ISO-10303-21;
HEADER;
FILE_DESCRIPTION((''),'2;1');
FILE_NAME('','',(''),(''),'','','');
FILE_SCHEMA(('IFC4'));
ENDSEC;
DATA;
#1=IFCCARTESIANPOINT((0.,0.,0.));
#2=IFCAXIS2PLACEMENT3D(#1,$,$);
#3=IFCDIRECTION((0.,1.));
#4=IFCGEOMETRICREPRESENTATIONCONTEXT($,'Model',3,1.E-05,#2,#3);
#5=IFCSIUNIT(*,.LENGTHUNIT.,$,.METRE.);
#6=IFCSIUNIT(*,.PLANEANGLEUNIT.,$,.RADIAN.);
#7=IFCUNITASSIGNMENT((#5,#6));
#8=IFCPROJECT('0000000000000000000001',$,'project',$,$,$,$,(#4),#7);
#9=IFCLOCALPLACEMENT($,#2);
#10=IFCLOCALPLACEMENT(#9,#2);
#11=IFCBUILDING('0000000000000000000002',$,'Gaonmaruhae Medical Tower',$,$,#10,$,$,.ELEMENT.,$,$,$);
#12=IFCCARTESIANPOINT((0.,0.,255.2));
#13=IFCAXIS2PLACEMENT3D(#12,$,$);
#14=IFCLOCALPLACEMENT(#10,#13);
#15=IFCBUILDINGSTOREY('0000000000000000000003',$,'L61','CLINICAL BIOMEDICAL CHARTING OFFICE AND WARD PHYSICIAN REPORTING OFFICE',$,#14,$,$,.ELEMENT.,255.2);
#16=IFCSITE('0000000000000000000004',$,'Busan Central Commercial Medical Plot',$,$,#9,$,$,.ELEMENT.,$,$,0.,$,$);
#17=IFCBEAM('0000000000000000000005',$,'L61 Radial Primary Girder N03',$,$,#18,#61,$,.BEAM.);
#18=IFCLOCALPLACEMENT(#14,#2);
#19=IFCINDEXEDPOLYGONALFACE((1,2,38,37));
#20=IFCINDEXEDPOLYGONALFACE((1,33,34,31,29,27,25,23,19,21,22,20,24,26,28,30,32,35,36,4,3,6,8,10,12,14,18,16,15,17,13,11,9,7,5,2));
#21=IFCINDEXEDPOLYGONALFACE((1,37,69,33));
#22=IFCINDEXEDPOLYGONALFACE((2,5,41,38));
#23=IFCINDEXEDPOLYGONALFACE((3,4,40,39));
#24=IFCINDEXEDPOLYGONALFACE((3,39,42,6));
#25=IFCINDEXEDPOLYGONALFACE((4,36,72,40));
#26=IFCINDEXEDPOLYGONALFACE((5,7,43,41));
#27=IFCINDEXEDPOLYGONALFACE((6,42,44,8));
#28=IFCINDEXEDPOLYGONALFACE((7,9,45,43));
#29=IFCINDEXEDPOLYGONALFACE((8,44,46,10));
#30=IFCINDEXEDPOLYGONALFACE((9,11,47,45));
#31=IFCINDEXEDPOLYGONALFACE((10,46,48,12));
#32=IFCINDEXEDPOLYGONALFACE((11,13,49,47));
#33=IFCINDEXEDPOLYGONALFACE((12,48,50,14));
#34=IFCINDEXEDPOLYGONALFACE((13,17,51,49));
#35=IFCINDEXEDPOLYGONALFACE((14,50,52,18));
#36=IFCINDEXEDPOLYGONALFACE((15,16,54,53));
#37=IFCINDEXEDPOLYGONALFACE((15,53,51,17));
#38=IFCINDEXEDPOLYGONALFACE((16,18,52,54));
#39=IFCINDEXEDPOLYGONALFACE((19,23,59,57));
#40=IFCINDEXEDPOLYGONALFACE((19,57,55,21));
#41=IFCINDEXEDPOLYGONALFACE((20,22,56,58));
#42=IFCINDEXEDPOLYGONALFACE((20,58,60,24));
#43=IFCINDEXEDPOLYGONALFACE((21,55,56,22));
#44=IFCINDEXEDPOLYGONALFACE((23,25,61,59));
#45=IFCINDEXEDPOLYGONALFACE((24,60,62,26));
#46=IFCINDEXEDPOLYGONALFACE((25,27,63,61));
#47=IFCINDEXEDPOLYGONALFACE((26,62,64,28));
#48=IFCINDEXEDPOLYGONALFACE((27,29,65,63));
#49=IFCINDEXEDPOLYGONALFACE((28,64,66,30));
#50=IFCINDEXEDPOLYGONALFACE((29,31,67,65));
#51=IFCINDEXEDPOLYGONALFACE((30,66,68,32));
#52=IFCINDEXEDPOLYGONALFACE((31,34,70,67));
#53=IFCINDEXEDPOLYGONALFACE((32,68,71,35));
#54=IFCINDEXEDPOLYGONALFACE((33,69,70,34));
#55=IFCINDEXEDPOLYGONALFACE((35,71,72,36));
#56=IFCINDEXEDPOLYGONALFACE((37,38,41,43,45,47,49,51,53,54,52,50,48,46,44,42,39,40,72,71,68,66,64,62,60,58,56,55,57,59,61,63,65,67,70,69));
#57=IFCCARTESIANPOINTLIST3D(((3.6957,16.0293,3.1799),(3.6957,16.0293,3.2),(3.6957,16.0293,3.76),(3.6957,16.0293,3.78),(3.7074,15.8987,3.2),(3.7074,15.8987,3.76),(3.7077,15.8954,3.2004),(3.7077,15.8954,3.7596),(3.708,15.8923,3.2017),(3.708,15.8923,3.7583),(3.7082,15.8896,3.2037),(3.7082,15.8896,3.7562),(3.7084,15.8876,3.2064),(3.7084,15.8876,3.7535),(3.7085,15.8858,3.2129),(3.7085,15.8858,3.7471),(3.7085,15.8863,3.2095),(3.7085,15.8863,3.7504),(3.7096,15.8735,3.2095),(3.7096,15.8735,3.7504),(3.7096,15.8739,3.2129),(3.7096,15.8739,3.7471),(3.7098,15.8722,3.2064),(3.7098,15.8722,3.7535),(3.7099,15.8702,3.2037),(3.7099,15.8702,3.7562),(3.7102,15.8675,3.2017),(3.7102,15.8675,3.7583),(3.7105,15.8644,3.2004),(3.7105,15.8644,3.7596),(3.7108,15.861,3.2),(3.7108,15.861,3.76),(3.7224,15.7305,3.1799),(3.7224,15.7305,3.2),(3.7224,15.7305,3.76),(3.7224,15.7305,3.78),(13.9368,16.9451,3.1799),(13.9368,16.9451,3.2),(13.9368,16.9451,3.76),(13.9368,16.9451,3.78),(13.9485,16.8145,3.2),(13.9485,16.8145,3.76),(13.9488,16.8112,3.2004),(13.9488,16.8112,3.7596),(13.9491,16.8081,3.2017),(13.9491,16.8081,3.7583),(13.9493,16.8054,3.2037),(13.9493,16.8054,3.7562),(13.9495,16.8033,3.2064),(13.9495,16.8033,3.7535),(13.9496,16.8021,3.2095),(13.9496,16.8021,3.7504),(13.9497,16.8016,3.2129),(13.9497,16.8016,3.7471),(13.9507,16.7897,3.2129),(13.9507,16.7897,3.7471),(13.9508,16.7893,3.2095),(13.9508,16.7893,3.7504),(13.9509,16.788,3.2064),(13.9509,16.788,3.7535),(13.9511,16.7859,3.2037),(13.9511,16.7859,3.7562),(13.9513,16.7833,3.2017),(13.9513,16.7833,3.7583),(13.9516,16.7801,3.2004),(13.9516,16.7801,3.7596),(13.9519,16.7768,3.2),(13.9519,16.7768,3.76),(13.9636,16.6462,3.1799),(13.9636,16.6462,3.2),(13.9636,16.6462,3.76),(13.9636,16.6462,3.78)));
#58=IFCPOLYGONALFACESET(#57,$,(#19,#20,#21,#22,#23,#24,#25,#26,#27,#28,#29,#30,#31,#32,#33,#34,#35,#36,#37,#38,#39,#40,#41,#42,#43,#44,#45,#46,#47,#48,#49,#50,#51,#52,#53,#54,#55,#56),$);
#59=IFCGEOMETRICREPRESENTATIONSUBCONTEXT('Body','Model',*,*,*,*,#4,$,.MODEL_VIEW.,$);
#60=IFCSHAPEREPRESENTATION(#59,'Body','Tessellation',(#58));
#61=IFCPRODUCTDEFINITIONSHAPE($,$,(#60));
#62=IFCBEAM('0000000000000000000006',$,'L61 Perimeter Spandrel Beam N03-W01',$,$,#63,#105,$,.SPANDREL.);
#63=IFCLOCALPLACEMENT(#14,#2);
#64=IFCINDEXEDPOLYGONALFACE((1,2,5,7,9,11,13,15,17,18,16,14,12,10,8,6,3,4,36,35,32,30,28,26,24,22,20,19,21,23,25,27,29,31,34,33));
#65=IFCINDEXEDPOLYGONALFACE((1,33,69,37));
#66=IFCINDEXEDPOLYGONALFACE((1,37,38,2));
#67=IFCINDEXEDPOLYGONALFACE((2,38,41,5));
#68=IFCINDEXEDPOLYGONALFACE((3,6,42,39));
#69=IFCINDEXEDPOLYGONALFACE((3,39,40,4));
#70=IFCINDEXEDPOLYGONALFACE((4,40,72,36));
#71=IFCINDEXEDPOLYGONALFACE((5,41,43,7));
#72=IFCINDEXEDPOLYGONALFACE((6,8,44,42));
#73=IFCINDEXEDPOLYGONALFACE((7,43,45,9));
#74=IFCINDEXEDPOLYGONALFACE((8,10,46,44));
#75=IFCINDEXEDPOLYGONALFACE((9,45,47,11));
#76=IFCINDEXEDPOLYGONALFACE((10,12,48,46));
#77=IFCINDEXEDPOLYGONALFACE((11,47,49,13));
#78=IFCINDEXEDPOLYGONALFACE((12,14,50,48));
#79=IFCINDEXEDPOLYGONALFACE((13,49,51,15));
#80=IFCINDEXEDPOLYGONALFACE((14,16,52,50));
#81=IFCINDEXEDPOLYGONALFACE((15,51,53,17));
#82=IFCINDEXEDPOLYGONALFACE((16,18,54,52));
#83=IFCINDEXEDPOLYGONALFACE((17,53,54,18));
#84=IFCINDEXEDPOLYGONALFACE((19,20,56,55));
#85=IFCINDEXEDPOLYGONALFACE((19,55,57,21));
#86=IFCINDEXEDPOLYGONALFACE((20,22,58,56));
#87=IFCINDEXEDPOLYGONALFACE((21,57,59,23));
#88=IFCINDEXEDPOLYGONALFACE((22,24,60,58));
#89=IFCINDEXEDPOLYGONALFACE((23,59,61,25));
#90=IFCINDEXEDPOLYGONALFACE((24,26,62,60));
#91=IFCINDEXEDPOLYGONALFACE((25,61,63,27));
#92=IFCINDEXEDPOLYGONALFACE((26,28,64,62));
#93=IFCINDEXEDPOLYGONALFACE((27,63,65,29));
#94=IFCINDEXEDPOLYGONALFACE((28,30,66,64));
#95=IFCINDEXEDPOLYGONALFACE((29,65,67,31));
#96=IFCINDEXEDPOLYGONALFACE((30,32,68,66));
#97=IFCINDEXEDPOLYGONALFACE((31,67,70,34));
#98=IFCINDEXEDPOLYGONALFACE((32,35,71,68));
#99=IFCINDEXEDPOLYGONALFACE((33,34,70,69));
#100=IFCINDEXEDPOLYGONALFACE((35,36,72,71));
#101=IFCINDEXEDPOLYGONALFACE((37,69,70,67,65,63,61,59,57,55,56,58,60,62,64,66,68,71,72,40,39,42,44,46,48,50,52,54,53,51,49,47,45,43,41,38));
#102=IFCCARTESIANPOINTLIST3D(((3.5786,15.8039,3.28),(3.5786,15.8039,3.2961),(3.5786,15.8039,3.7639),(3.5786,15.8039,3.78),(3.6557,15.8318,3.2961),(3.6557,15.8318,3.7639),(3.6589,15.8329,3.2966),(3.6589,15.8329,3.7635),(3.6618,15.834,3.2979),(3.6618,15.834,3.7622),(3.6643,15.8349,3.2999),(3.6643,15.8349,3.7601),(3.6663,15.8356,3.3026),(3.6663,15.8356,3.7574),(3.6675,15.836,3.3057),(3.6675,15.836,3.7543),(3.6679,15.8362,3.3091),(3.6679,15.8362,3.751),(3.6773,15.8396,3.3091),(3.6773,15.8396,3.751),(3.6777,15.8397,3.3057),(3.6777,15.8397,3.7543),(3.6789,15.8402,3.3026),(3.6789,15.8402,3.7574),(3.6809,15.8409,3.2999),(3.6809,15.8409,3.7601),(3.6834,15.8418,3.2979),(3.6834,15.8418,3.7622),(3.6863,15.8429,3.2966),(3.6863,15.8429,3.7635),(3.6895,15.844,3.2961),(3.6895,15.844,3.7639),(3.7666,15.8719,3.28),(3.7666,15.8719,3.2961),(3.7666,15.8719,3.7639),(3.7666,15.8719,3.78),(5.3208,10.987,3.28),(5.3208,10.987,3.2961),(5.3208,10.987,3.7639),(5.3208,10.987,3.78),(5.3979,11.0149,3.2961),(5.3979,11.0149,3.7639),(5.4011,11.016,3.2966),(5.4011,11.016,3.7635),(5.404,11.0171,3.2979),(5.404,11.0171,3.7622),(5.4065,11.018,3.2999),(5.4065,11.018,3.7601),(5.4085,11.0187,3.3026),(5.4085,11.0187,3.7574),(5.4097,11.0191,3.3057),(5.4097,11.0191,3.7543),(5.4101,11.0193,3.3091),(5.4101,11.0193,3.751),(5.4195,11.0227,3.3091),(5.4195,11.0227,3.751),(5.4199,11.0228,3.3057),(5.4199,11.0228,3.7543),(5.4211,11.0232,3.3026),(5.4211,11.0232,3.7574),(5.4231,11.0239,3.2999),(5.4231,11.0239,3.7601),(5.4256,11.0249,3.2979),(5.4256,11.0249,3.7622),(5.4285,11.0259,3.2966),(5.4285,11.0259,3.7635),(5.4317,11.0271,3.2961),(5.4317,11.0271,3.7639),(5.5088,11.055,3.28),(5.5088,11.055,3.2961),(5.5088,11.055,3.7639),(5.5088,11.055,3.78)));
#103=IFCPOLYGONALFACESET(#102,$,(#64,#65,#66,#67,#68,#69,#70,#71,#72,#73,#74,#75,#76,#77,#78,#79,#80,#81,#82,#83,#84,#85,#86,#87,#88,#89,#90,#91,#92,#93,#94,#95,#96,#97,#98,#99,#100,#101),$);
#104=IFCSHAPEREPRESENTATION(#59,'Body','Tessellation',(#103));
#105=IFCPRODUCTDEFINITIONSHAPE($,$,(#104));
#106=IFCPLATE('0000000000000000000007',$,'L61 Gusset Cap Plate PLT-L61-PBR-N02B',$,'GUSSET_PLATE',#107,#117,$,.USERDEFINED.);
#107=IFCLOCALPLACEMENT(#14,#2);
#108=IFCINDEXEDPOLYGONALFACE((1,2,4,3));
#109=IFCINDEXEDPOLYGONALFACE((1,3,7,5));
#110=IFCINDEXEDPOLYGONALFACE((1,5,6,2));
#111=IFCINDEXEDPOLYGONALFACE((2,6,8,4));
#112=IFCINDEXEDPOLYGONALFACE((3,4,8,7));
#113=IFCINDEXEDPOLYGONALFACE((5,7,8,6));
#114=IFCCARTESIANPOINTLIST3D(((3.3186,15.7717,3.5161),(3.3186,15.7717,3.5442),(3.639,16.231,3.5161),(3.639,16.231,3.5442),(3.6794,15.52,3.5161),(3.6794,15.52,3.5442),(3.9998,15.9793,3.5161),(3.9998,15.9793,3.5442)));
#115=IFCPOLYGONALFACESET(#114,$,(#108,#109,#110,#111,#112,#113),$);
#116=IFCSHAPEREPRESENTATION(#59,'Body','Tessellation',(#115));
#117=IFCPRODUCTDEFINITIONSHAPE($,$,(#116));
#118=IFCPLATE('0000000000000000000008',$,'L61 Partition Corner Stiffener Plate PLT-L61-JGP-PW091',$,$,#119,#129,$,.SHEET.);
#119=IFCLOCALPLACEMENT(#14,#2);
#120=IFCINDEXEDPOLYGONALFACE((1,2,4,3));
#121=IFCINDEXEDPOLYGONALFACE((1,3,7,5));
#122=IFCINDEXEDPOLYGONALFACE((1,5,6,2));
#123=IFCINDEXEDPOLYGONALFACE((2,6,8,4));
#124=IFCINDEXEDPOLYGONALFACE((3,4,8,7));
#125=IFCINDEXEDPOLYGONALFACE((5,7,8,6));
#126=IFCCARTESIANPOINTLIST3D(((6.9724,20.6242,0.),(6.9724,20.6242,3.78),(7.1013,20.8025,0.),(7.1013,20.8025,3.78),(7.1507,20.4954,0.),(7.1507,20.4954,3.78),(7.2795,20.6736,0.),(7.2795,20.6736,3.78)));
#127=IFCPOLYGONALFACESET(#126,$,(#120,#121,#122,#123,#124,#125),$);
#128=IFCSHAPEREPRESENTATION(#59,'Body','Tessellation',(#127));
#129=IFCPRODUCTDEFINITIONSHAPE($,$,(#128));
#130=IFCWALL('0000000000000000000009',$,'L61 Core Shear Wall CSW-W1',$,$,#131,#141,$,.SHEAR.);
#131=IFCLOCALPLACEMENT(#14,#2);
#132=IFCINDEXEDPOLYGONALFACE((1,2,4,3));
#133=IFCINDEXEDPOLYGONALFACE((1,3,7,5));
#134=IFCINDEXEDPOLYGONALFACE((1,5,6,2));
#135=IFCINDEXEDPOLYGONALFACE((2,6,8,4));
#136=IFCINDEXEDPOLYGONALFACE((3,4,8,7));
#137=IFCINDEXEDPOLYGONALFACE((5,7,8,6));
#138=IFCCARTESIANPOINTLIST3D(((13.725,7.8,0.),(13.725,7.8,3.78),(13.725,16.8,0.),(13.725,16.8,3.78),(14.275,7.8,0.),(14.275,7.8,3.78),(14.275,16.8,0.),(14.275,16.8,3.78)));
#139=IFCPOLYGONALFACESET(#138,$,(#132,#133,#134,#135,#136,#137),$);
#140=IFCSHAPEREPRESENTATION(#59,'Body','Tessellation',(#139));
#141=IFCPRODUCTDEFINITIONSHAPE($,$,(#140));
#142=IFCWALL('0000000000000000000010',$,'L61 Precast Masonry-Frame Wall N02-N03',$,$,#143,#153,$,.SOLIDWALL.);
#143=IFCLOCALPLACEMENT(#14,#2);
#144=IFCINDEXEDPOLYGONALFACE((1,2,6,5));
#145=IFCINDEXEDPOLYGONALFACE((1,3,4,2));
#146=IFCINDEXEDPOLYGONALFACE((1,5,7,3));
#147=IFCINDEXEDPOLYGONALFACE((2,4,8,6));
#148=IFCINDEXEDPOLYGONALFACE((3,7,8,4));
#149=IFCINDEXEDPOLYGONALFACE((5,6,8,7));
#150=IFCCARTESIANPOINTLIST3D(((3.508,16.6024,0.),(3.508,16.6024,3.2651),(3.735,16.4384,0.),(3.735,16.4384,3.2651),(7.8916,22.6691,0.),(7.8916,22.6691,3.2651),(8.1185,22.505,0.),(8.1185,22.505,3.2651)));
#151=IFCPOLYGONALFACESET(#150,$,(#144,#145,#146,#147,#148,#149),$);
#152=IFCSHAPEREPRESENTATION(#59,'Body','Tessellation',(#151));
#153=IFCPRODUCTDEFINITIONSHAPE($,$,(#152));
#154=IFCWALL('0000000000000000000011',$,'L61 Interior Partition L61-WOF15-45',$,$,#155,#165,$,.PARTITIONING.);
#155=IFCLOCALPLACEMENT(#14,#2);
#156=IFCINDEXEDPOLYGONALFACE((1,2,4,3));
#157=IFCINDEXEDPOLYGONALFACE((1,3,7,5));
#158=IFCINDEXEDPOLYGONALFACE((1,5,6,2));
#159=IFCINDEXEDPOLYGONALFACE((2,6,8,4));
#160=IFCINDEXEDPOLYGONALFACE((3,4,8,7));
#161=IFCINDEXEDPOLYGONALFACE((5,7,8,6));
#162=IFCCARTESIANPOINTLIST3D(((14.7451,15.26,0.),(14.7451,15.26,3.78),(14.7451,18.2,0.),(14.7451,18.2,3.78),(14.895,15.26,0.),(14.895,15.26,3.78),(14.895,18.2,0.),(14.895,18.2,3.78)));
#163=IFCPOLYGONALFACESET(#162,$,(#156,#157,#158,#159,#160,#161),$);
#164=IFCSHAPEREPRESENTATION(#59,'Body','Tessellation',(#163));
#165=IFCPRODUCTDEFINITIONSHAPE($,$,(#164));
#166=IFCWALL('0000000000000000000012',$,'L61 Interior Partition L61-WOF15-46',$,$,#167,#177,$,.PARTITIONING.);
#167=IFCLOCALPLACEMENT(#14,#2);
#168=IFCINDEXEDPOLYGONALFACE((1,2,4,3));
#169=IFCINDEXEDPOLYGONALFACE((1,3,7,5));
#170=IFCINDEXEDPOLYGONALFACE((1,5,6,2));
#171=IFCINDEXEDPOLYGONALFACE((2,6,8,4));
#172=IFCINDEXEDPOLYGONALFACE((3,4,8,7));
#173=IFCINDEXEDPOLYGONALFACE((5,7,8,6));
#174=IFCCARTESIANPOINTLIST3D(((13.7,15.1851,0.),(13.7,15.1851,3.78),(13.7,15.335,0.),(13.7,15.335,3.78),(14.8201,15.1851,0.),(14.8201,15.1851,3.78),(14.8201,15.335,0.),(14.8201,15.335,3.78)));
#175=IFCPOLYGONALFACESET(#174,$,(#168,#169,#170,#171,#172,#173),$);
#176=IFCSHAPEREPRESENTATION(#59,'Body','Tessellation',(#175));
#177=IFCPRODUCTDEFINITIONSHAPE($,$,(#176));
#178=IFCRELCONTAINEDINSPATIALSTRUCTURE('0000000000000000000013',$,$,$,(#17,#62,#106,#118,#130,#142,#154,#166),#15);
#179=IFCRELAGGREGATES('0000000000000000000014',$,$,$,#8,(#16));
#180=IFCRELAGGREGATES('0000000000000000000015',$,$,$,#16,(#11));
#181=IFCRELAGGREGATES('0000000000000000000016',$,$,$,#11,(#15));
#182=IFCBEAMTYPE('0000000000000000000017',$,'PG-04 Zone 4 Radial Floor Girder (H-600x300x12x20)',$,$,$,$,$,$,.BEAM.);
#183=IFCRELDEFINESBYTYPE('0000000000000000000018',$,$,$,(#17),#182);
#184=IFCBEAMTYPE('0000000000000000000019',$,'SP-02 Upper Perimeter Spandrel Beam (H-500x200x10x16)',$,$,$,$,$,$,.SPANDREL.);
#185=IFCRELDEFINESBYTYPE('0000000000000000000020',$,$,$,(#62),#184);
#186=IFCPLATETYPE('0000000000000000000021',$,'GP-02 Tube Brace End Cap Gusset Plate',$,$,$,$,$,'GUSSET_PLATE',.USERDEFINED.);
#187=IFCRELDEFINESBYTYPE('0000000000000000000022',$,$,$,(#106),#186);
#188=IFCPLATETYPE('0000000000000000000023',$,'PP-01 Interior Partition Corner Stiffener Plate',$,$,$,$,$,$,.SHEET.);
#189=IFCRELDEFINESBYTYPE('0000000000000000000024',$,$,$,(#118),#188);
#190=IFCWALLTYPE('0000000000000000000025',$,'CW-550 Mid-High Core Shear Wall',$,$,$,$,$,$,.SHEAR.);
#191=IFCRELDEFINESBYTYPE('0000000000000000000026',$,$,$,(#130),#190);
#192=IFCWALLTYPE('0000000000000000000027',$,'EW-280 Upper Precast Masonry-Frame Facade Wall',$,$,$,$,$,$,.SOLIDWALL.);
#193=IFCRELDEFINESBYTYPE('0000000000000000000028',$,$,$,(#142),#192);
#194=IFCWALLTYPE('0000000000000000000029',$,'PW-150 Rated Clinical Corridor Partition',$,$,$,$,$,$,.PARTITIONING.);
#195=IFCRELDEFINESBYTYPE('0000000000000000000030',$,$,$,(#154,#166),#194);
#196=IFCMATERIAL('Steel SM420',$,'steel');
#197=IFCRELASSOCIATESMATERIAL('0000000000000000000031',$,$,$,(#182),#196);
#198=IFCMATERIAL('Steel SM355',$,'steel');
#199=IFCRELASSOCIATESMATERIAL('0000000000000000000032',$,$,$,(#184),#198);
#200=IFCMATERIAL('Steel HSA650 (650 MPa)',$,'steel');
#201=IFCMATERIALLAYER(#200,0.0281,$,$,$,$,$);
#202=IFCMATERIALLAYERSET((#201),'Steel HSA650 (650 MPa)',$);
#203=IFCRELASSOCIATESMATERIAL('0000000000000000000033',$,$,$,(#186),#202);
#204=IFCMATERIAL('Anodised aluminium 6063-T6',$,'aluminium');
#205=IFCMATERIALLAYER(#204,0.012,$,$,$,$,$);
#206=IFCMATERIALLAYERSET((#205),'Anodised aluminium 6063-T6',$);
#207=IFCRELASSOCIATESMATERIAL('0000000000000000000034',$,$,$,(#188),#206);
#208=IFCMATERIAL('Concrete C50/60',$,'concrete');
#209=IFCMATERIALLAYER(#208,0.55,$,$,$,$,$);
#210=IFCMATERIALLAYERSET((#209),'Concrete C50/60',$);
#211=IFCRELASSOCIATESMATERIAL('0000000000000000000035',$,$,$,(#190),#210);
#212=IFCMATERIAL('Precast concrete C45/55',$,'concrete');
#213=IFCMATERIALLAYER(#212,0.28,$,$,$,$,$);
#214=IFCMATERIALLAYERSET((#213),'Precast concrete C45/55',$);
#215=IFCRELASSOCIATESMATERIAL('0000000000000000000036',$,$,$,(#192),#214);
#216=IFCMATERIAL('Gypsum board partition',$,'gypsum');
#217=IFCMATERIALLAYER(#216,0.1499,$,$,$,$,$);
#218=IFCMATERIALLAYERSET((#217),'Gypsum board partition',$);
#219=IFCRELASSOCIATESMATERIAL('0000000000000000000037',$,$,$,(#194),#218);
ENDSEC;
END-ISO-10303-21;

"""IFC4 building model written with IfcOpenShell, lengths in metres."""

from ifc_helpers import new_model, si_unit, direction, frame, frame_2d, origin, origin_2d, place, context, subcontext, project, spatial, rectangle, i_section, extrude, material, layer, layer_set, material_profile, profile_set, type_object, element, save


model = new_model("IFC4")

# Units and contexts
model_context = context("Model", 3, precision=1e-05, world=origin(), true_north=direction((0.0, 1.0)))
body_context = subcontext(model_context, "Body", "Model", "MODEL_VIEW")
ifc_project = project(units=[si_unit("LENGTHUNIT", "METRE"), si_unit("PLANEANGLEUNIT", "RADIAN")], contexts=[model_context])

# Site, building, storey
site_placement = place(None, origin())
site = spatial("IfcSite", under=ifc_project, at=site_placement, Name="Busan Central Commercial Medical Plot", CompositionType="ELEMENT", RefElevation=0.0)
building_placement = place(site_placement, origin())
building = spatial("IfcBuilding", under=site, at=building_placement, Name="Gaonmaruhae Medical Tower", CompositionType="ELEMENT")
storey_placement = place(building_placement, frame((0.0, 0.0, 255.2)))
storey = spatial("IfcBuildingStorey", under=building, at=storey_placement, Name="L61", Description="CLINICAL BIOMEDICAL CHARTING OFFICE AND WARD PHYSICIAN REPORTING OFFICE", CompositionType="ELEMENT", Elevation=255.2)

# Shared definitions
ifc_material_1 = material(Name="Concrete C50/60", Category="concrete")

# Beams
ifc_material_2 = material(Name="Steel SM355", Category="steel")
ifc_material_3 = material(Name="Steel SM420", Category="steel")
ifc_material_profile_1 = material_profile(ifc_material_3, i_section(OverallWidth=0.3, OverallDepth=0.6001, WebThickness=0.012, FlangeThickness=0.02, FilletRadius=0.0129, at=origin_2d()), Name="H-600x300x12x20")
ifc_profile_set_1 = profile_set([ifc_material_profile_1], Name="Steel SM420")
beam_type_1 = type_object("IfcBeamType", Name="PG-04 Zone 4 Radial Floor Girder (H-600x300x12x20)", PredefinedType="BEAM", material=ifc_profile_set_1)
beam_1_placement = place(storey_placement, frame((13.9502, 16.7957, 3.48), z_axis=(-0.996026, -0.089065, 0.0), x_axis=(0.089065, -0.996026, 0.0)))
element("IfcBeam", 1, at=beam_1_placement, inside=storey, type_object=beam_type_1, Name="L61 Radial Primary Girder N03", PredefinedType="BEAM", context=body_context, shape_type="SweptSolid", body=[
    extrude(i_section(OverallWidth=0.3, OverallDepth=0.6001, WebThickness=0.012, FlangeThickness=0.02, FilletRadius=0.0129, at=origin_2d()), origin(), (0.0, 0.0, 1.0), 10.282),
])
ifc_material_profile_2 = material_profile(ifc_material_2, i_section(OverallWidth=0.2, OverallDepth=0.5, WebThickness=0.01, FlangeThickness=0.0161, FilletRadius=0.0129, at=origin_2d()), Name="H-500x200x10x16")
ifc_profile_set_2 = profile_set([ifc_material_profile_2], Name="Steel SM355")
beam_type_2 = type_object("IfcBeamType", Name="SP-02 Upper Perimeter Spandrel Beam (H-500x200x10x16)", PredefinedType="SPANDREL", material=ifc_profile_set_2)
beam_2_placement = place(storey_placement, frame((3.6726, 15.8379, 3.53), z_axis=(0.34012, -0.940382, 0.0), x_axis=(0.940382, 0.34012, 0.0)))
element("IfcBeam", 2, at=beam_2_placement, inside=storey, type_object=beam_type_2, Name="L61 Perimeter Spandrel Beam N03-W01", PredefinedType="SPANDREL", context=body_context, shape_type="SweptSolid", body=[
    extrude(i_section(OverallWidth=0.2, OverallDepth=0.5, WebThickness=0.01, FlangeThickness=0.0161, FilletRadius=0.0129, at=origin_2d()), origin(), (0.0, 0.0, 1.0), 5.1223),
])

# Plates
ifc_material_4 = material(Name="Steel HSA650 (650 MPa)", Category="steel")
ifc_layer_1 = layer(ifc_material_4, 0.0281)
ifc_layer_set_1 = layer_set([ifc_layer_1], Name="Steel HSA650 (650 MPa)")
plate_type_1 = type_object("IfcPlateType", Name="GP-02 Tube Brace End Cap Gusset Plate", ElementType="GUSSET_PLATE", PredefinedType="USERDEFINED", material=ifc_layer_set_1)
plate_1_placement = place(storey_placement, frame((3.6592, 15.8755, 3.5161), z_axis=(0.0, 0.0, 1.0), x_axis=(0.572146, 0.820152, 0.0)))
element("IfcPlate", 3, at=plate_1_placement, inside=storey, type_object=plate_type_1, Name="L61 Gusset Cap Plate PLT-L61-PBR-N02B", ObjectType="GUSSET_PLATE", PredefinedType="USERDEFINED", context=body_context, shape_type="SweptSolid", body=[
    extrude(rectangle(XDim=0.5601, YDim=0.4399, at=origin_2d()), origin(), (0.0, 0.0, 1.0), 0.0281),
])
ifc_material_5 = material(Name="Anodised aluminium 6063-T6", Category="aluminium")
ifc_layer_2 = layer(ifc_material_5, 0.012)
ifc_layer_set_2 = layer_set([ifc_layer_2], Name="Anodised aluminium 6063-T6")
plate_type_2 = type_object("IfcPlateType", Name="PP-01 Interior Partition Corner Stiffener Plate", PredefinedType="SHEET", material=ifc_layer_set_2)
plate_2_placement = place(storey_placement, frame((7.126, 20.6489, 0.0), z_axis=(0.0, 0.0, 1.0), x_axis=(-0.81042, 0.585849, 0.0)))
element("IfcPlate", 4, at=plate_2_placement, inside=storey, type_object=plate_type_2, Name="L61 Partition Corner Stiffener Plate PLT-L61-JGP-PW091", PredefinedType="SHEET", context=body_context, shape_type="SweptSolid", body=[
    extrude(rectangle(XDim=0.22, YDim=0.22, at=origin_2d()), origin(), (0.0, 0.0, 1.0), 3.78),
])

# Walls
ifc_layer_3 = layer(ifc_material_1, 0.55)
ifc_layer_set_3 = layer_set([ifc_layer_3], Name="Concrete C50/60")
wall_type_1 = type_object("IfcWallType", Name="CW-550 Mid-High Core Shear Wall", PredefinedType="SHEAR", material=ifc_layer_set_3)
wall_1_placement = place(storey_placement, frame((14.0, 16.8, 0.0), z_axis=(0.0, 0.0, 1.0), x_axis=(0.0, -1.0, 0.0)))
element("IfcWall", 5, at=wall_1_placement, inside=storey, type_object=wall_type_1, Name="L61 Core Shear Wall CSW-W1", PredefinedType="SHEAR", context=body_context, shape_type="SweptSolid", body=[
    extrude(rectangle(XDim=9.0, YDim=0.55, at=frame_2d((4.5, 0.0))), origin(), (0.0, 0.0, 1.0), 3.78),
])
ifc_material_6 = material(Name="Precast concrete C45/55", Category="concrete")
ifc_layer_4 = layer(ifc_material_6, 0.28)
ifc_layer_set_4 = layer_set([ifc_layer_4], Name="Precast concrete C45/55")
wall_type_2 = type_object("IfcWallType", Name="EW-280 Upper Precast Masonry-Frame Facade Wall", PredefinedType="SOLIDWALL", material=ifc_layer_set_4)
wall_2_placement = place(storey_placement, frame((3.6216, 16.5205, 0.0), z_axis=(0.0, 0.0, 1.0), x_axis=(0.585673, 0.810548, 0.0)))
element("IfcWall", 6, at=wall_2_placement, inside=storey, type_object=wall_type_2, Name="L61 Precast Masonry-Frame Wall N02-N03", PredefinedType="SOLIDWALL", context=body_context, shape_type="SweptSolid", body=[
    extrude(rectangle(XDim=7.4846, YDim=0.28, at=frame_2d((3.7422, 0.0))), origin(), (0.0, 0.0, 1.0), 3.2651),
])
ifc_material_7 = material(Name="Gypsum board partition", Category="gypsum")
ifc_layer_5 = layer(ifc_material_7, 0.1499)
ifc_layer_set_5 = layer_set([ifc_layer_5], Name="Gypsum board partition")
wall_type_3 = type_object("IfcWallType", Name="PW-150 Rated Clinical Corridor Partition", PredefinedType="PARTITIONING", material=ifc_layer_set_5)
wall_3_placement = place(storey_placement, frame((14.8201, 18.2, 0.0), z_axis=(0.0, 0.0, 1.0), x_axis=(0.0, -1.0, 0.0)))
element("IfcWall", 7, at=wall_3_placement, inside=storey, type_object=wall_type_3, Name="L61 Interior Partition L61-WOF15-45", PredefinedType="PARTITIONING", context=body_context, shape_type="SweptSolid", body=[
    extrude(rectangle(XDim=2.9399, YDim=0.1499, at=frame_2d((1.47, 0.0))), origin(), (0.0, 0.0, 1.0), 3.78),
])
wall_4_placement = place(storey_placement, frame((14.8201, 15.26, 0.0), z_axis=(0.0, 0.0, 1.0), x_axis=(-1.0, 0.0, 0.0)))
element("IfcWall", 8, at=wall_4_placement, inside=storey, type_object=wall_type_3, Name="L61 Interior Partition L61-WOF15-46", PredefinedType="PARTITIONING", context=body_context, shape_type="SweptSolid", body=[
    extrude(rectangle(XDim=1.1201, YDim=0.1499, at=frame_2d((0.5601, 0.0))), origin(), (0.0, 0.0, 1.0), 3.78),
])

save(model, "model.ifc")
